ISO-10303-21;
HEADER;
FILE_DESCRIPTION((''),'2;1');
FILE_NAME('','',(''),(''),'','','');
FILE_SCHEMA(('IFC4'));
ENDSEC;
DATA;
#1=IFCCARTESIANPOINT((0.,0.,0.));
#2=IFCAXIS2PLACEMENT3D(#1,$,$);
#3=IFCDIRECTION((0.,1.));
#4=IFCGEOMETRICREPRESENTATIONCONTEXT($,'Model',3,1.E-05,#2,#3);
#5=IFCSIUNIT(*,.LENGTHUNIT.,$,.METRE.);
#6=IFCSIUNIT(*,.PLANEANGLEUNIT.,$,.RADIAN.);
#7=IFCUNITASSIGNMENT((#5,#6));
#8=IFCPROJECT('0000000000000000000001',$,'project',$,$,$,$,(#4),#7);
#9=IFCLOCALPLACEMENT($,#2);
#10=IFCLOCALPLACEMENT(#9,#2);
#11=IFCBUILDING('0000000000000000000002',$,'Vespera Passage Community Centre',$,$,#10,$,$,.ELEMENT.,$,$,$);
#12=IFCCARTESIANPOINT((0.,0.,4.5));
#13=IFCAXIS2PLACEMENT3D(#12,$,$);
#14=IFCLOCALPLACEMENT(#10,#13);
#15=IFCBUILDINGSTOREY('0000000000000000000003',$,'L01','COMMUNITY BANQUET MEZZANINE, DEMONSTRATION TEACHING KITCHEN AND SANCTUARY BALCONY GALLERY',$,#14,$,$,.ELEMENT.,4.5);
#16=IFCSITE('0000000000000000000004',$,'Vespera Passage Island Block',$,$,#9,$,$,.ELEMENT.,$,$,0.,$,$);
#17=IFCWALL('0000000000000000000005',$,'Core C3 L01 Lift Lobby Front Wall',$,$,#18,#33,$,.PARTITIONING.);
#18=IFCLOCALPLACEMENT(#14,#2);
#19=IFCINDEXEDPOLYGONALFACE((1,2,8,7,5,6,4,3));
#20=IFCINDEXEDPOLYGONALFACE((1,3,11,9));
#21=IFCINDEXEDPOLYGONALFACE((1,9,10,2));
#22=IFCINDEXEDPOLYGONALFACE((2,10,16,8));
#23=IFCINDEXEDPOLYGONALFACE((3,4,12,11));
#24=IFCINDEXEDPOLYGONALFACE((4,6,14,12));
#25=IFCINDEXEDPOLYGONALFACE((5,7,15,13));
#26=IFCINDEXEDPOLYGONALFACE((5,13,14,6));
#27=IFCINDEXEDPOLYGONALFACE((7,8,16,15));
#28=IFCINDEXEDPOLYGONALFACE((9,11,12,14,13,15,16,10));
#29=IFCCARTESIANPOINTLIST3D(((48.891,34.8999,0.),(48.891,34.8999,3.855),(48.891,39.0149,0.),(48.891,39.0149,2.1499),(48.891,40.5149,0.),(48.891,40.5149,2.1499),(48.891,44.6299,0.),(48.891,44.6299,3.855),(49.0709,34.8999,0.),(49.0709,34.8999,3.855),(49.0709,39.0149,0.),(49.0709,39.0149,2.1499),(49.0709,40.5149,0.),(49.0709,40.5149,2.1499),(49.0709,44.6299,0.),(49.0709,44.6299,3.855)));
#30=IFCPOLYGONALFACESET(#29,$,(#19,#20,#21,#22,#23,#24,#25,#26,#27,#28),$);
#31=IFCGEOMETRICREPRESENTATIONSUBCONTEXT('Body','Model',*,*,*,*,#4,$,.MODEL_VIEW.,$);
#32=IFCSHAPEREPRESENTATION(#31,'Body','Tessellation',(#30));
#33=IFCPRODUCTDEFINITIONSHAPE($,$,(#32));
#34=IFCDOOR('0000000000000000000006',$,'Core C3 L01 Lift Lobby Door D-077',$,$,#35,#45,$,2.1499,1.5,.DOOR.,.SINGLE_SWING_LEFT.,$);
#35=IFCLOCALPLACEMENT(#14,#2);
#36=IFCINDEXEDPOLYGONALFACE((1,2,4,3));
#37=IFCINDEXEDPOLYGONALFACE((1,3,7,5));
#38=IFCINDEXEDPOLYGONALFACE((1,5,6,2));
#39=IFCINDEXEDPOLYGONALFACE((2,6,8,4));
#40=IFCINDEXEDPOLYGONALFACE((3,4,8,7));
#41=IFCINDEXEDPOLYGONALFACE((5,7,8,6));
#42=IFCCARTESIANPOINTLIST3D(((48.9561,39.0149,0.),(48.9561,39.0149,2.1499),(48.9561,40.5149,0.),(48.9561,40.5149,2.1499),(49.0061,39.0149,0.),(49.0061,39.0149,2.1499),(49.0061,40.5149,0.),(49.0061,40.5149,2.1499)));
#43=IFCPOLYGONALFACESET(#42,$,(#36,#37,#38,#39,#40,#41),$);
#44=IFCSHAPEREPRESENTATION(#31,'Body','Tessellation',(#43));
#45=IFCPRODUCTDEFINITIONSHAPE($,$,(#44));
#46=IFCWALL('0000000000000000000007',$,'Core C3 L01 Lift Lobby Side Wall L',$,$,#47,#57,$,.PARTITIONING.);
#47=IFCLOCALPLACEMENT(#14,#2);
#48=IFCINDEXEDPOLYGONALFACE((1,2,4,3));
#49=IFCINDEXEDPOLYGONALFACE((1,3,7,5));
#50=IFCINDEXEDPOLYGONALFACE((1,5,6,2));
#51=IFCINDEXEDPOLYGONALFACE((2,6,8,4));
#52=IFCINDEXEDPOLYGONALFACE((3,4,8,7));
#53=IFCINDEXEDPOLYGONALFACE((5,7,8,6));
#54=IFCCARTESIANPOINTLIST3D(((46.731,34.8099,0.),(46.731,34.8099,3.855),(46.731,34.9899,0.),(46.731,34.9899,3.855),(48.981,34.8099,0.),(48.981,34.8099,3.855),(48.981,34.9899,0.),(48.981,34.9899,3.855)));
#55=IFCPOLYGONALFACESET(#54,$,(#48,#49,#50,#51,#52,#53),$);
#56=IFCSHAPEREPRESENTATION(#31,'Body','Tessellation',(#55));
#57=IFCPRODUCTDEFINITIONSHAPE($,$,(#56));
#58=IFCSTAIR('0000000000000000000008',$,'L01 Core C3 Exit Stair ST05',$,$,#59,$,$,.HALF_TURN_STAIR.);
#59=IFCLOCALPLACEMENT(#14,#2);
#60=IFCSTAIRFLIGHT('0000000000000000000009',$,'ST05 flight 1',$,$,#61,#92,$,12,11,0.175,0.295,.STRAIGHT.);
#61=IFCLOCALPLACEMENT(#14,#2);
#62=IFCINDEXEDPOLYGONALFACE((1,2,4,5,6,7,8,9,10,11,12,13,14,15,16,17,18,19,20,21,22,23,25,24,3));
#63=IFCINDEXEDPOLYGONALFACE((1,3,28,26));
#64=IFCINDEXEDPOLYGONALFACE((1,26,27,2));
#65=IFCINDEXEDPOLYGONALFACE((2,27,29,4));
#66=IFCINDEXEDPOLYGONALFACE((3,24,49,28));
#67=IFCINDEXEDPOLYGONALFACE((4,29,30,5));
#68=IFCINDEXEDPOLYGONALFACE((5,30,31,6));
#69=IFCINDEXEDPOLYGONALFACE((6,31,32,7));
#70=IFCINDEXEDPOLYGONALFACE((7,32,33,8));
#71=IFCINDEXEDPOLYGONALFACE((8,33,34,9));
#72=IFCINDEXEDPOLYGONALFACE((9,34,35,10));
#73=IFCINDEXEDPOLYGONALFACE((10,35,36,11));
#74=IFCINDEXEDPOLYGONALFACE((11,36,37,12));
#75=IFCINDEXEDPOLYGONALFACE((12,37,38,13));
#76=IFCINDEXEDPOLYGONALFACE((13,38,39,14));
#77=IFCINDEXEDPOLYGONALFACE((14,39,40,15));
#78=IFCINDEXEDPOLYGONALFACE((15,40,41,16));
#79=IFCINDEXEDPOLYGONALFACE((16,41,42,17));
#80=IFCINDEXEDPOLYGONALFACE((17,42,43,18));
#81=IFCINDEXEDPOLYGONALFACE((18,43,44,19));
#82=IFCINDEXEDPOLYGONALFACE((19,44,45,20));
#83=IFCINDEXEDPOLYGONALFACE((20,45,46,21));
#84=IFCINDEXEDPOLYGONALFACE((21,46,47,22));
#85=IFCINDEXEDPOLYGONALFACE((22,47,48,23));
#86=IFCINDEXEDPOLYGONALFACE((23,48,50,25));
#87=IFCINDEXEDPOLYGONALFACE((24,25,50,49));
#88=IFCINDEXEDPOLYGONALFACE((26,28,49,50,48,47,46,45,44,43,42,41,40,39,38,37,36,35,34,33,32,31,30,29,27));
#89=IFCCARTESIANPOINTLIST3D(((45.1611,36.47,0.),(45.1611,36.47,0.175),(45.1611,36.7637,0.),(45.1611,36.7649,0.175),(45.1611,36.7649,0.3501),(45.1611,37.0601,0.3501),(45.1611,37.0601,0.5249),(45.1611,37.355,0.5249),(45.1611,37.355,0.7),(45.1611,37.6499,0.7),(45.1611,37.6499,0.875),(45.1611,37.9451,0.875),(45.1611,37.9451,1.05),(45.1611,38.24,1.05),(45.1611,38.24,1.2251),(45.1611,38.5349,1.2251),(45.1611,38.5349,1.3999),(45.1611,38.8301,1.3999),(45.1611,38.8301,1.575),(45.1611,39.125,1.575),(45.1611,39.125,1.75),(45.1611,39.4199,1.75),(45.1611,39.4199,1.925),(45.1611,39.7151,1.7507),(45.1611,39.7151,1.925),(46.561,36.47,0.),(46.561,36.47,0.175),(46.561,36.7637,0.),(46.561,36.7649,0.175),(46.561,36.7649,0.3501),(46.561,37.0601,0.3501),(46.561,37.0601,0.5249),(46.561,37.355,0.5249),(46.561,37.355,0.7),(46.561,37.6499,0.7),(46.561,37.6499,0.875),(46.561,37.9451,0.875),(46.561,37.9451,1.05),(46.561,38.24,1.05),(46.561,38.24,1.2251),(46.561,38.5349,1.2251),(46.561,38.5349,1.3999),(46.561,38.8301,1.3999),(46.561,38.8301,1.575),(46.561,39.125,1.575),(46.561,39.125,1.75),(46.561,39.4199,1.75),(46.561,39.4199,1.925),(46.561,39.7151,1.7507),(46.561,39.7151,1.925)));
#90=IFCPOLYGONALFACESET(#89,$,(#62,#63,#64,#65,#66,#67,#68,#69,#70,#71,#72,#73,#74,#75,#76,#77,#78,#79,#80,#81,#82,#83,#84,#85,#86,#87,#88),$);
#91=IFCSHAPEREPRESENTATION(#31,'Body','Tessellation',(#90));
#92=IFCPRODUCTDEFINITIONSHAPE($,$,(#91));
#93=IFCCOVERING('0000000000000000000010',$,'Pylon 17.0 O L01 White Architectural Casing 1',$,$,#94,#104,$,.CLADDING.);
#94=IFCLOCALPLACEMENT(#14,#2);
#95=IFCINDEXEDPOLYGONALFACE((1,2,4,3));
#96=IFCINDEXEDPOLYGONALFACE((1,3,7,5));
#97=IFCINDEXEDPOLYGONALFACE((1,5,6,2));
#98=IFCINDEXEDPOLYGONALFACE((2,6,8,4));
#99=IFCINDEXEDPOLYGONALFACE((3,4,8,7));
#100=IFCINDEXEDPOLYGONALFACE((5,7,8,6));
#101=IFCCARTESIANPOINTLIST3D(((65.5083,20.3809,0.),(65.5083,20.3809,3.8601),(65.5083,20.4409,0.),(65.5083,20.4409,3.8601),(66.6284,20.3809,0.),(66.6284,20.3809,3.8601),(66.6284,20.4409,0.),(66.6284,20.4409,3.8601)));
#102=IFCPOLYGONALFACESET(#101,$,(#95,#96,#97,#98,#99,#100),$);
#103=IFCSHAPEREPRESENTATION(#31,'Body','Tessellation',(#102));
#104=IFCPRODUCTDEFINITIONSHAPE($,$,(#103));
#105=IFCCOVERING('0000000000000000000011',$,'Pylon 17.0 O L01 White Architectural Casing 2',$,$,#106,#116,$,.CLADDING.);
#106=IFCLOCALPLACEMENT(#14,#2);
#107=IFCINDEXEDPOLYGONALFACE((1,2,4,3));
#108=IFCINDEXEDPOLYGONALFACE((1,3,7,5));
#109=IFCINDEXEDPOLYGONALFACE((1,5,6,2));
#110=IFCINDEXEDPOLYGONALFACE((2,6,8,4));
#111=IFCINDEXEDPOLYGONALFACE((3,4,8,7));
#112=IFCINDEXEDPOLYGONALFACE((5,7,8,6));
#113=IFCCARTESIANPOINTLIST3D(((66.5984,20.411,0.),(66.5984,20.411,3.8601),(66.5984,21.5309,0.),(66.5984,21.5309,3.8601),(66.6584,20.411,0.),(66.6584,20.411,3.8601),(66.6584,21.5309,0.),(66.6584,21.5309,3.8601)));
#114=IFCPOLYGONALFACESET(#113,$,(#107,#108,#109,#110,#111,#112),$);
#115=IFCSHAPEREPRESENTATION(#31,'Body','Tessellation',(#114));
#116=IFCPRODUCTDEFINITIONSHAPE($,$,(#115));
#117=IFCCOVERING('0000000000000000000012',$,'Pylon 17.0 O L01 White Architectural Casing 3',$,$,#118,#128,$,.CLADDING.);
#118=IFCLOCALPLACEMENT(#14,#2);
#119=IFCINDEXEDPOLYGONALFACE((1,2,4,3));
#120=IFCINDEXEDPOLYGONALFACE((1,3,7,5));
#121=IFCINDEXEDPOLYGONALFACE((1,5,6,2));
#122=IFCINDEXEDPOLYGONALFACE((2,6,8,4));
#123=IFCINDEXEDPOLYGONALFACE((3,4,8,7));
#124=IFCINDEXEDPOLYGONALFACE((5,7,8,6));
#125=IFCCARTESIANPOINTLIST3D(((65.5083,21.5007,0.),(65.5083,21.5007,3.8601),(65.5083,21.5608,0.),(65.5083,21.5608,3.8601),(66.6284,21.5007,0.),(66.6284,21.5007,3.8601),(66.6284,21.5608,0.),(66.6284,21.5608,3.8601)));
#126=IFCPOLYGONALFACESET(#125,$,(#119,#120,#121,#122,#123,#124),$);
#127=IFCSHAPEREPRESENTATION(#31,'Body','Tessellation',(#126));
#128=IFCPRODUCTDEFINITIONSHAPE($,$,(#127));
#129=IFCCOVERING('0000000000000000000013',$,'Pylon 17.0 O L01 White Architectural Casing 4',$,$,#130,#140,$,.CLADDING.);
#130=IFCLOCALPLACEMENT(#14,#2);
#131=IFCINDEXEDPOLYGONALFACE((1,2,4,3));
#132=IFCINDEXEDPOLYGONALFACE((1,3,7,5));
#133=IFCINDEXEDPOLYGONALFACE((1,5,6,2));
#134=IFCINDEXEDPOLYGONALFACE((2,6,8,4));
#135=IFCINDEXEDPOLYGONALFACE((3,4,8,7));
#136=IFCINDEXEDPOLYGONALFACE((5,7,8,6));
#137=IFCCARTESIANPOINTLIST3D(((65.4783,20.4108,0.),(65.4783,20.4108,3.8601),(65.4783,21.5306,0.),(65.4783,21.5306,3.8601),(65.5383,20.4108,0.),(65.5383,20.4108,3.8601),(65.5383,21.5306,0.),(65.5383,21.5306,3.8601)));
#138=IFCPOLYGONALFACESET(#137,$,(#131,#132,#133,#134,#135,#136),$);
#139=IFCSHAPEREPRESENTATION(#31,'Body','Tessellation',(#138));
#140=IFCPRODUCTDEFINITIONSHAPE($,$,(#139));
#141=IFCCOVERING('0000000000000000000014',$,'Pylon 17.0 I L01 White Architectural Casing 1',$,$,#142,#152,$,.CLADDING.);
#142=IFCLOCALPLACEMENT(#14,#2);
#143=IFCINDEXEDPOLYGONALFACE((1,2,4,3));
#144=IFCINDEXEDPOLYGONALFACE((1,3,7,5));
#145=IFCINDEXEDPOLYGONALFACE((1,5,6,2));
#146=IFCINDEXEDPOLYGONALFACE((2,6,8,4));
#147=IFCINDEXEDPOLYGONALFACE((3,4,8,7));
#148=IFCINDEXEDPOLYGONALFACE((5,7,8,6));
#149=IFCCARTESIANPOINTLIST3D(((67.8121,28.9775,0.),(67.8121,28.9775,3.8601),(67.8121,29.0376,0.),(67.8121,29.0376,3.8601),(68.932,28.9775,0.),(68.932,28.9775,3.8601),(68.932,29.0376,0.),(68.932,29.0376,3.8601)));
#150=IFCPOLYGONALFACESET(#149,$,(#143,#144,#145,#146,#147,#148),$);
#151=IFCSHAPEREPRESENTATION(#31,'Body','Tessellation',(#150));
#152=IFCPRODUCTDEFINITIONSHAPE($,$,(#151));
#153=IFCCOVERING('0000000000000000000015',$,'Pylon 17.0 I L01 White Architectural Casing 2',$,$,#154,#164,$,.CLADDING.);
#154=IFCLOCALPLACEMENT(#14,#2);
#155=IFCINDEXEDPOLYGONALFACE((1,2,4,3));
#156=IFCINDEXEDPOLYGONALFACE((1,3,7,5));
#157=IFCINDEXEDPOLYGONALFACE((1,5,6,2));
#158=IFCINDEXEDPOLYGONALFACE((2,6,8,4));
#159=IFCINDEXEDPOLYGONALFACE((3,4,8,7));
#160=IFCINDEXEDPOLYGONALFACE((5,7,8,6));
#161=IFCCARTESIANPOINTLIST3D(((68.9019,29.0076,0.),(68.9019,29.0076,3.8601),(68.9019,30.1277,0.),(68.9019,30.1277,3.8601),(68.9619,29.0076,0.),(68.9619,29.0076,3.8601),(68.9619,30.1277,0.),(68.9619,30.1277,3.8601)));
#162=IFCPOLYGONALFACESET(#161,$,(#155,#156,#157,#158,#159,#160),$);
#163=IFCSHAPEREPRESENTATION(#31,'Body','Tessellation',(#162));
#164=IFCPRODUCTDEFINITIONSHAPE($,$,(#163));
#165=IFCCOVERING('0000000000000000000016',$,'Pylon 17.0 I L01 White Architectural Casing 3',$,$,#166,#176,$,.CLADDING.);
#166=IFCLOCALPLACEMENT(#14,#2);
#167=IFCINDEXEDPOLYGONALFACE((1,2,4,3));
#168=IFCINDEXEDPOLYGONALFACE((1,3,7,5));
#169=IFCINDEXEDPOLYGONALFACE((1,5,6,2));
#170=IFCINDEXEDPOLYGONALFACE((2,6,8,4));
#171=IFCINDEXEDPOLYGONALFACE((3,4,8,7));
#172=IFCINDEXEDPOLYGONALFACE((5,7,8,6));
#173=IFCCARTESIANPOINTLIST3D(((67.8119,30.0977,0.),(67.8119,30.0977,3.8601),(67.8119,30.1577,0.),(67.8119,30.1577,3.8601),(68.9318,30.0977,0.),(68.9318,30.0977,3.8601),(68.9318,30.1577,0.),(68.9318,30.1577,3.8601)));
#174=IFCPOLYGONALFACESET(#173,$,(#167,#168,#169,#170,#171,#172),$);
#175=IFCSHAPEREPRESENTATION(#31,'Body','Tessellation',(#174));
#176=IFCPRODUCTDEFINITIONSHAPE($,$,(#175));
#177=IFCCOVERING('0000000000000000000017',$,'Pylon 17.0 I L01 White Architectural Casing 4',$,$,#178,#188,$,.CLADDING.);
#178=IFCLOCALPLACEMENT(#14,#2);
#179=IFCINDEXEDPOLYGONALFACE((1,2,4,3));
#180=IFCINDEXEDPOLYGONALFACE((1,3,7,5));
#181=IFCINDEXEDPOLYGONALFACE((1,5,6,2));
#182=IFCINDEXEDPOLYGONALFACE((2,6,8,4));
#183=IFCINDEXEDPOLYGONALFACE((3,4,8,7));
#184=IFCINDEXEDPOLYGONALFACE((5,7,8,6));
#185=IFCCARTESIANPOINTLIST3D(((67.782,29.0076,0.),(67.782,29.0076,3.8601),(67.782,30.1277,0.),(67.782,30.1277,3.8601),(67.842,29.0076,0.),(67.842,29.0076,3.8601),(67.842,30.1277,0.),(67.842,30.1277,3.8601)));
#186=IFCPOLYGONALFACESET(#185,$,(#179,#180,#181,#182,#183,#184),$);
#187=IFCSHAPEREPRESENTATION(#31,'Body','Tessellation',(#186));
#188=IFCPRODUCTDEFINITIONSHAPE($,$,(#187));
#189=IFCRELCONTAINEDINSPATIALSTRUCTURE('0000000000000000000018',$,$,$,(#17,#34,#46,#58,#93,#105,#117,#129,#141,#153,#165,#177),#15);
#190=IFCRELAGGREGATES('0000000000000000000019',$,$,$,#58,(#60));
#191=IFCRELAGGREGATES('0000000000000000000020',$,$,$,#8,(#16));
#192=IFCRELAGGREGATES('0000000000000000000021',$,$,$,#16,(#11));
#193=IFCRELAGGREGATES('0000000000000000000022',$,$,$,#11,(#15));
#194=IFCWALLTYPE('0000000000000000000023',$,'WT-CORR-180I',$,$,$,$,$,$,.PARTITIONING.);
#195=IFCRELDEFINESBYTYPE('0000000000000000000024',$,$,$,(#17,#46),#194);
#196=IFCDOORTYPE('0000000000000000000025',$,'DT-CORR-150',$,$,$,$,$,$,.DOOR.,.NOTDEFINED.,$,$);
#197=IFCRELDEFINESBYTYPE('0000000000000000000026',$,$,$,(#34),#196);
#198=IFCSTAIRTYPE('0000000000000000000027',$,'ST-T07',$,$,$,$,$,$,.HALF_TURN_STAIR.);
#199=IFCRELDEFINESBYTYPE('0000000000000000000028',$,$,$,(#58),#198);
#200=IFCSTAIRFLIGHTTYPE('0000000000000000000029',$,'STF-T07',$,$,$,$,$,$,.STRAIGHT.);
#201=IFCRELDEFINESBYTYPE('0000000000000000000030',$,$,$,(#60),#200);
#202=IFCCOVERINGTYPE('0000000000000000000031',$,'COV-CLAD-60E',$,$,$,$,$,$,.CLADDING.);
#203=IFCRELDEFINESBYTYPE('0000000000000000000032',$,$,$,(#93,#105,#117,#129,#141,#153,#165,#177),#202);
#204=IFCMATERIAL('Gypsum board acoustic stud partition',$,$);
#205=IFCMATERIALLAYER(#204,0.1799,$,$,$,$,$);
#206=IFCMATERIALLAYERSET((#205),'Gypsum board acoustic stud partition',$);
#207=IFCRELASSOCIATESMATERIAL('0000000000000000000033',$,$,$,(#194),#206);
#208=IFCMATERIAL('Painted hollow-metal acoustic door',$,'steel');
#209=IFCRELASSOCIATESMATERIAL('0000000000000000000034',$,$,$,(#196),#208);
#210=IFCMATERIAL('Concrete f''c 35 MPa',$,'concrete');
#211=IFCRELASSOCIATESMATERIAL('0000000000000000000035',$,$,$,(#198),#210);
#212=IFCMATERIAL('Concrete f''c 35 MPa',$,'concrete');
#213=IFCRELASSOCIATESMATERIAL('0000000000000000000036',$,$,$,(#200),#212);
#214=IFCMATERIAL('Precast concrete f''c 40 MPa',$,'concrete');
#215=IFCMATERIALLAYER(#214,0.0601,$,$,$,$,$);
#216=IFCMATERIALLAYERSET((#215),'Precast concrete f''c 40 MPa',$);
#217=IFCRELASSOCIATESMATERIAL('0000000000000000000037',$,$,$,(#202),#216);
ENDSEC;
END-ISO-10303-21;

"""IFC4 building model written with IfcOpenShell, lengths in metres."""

from ifc_helpers import new_model, si_unit, direction, frame, frame_2d, origin, place, context, subcontext, project, spatial, polyline, rectangle, outline, extrude, material, layer, layer_set, type_object, element, fill, aggregate, save


model = new_model("IFC4")

# Units and contexts
model_context = context("Model", 3, precision=1e-05, world=origin(), true_north=direction((0.0, 1.0)))
body_context = subcontext(model_context, "Body", "Model", "MODEL_VIEW")
ifc_project = project(units=[si_unit("LENGTHUNIT", "METRE"), si_unit("PLANEANGLEUNIT", "RADIAN")], contexts=[model_context])

# Site, building, storey
site_placement = place(None, origin())
site = spatial("IfcSite", under=ifc_project, at=site_placement, Name="Vespera Passage Island Block", CompositionType="ELEMENT", RefElevation=0.0)
building_placement = place(site_placement, origin())
building = spatial("IfcBuilding", under=site, at=building_placement, Name="Vespera Passage Community Centre", CompositionType="ELEMENT")
storey_placement = place(building_placement, frame((0.0, 0.0, 4.5)))
storey = spatial("IfcBuildingStorey", under=building, at=storey_placement, Name="L01", Description="COMMUNITY BANQUET MEZZANINE, DEMONSTRATION TEACHING KITCHEN AND SANCTUARY BALCONY GALLERY", CompositionType="ELEMENT", Elevation=4.5)

# Wall, opening, door
ifc_material_1 = material(Name="Gypsum board acoustic stud partition")
ifc_layer_1 = layer(ifc_material_1, 0.1799)
ifc_layer_set_1 = layer_set([ifc_layer_1], Name="Gypsum board acoustic stud partition")
wall_type_1 = type_object("IfcWallType", Name="WT-CORR-180I", PredefinedType="PARTITIONING", material=ifc_layer_set_1)
wall_1_placement = place(storey_placement, frame((48.981, 34.8999, 0.0), z_axis=(0.0, 0.0, 1.0), x_axis=(0.0, 1.0, 0.0)))
wall_1 = element("IfcWall", 1, at=wall_1_placement, inside=storey, type_object=wall_type_1, Name="Core C3 L01 Lift Lobby Front Wall", PredefinedType="PARTITIONING", context=body_context, shape_type="SweptSolid", body=[
    extrude(rectangle(XDim=9.73, YDim=0.1799, at=frame_2d((4.865, 0.0))), origin(), (0.0, 0.0, 1.0), 3.855),
])
opening_placement = place(wall_1_placement, frame((4.115, 0.0, 0.0)))
opening = element("IfcOpeningElement", 2, at=opening_placement, cuts=wall_1, PredefinedType="OPENING", context=body_context, shape_type="SweptSolid", body=[
    extrude(rectangle(XDim=1.5, YDim=2.1499, at=frame_2d((0.75, 1.075))), frame((0.0, 0.0999, 0.0), z_axis=(0.0, -1.0, 0.0), x_axis=(1.0, 0.0, 0.0)), (0.0, 0.0, 1.0), 0.2),
])
ifc_material_2 = material(Name="Painted hollow-metal acoustic door", Category="steel")
door_type = type_object("IfcDoorType", Name="DT-CORR-150", OperationType="NOTDEFINED", PredefinedType="DOOR", material=ifc_material_2)
door_placement = place(opening_placement, origin())
door = element("IfcDoor", 3, at=door_placement, inside=storey, type_object=door_type, Name="Core C3 L01 Lift Lobby Door D-077", OperationType="SINGLE_SWING_LEFT", OverallHeight=2.1499, OverallWidth=1.5, PredefinedType="DOOR", context=body_context, shape_type="SweptSolid", body=[
    extrude(rectangle(XDim=1.5, YDim=2.1499, at=frame_2d((0.75, 1.075))), frame((0.0, 0.0249, 0.0), z_axis=(0.0, -1.0, 0.0), x_axis=(1.0, 0.0, 0.0)), (0.0, 0.0, 1.0), 0.05),
])
fill(opening, door)

# Wall
wall_2_placement = place(storey_placement, frame((46.731, 34.8999, 0.0), z_axis=(0.0, 0.0, 1.0), x_axis=(1.0, 0.0, 0.0)))
element("IfcWall", 4, at=wall_2_placement, inside=storey, type_object=wall_type_1, Name="Core C3 L01 Lift Lobby Side Wall L", PredefinedType="PARTITIONING", context=body_context, shape_type="SweptSolid", body=[
    extrude(rectangle(XDim=2.25, YDim=0.1799, at=frame_2d((1.125, 0.0))), origin(), (0.0, 0.0, 1.0), 3.855),
])

# Stair, stair flight
ifc_material_3 = material(Name="Concrete f'c 35 MPa", Category="concrete")
stair_type = type_object("IfcStairType", Name="ST-T07", PredefinedType="HALF_TURN_STAIR", material=ifc_material_3)
stair_placement = place(storey_placement, origin())
stair = element("IfcStair", 5, at=stair_placement, inside=storey, type_object=stair_type, Name="L01 Core C3 Exit Stair ST05", PredefinedType="HALF_TURN_STAIR")
ifc_material_4 = material(Name="Concrete f'c 35 MPa", Category="concrete")
stair_flight_type = type_object("IfcStairFlightType", Name="STF-T07", PredefinedType="STRAIGHT", material=ifc_material_4)
stair_flight_placement = place(storey_placement, frame((45.8611, 36.47, 0.0), z_axis=(0.0, 0.0, 1.0), x_axis=(0.0, 1.0, 0.0)))
stair_flight = element("IfcStairFlight", 6, at=stair_flight_placement, type_object=stair_flight_type, Name="ST05 flight 1", NumberOfRisers=12, NumberOfTreads=11, PredefinedType="STRAIGHT", RiserHeight=0.175, TreadLength=0.295, context=body_context, shape_type="SweptSolid", body=[
    extrude(outline(polyline([(0.0, 0.0), (0.0, 0.175), (0.2949, 0.175), (0.2949, 0.3501), (0.5901, 0.3501), (0.5901, 0.5249), (0.885, 0.5249), (0.885, 0.7), (1.1799, 0.7), (1.1799, 0.875), (1.4751, 0.875), (1.4751, 1.05), (1.77, 1.05), (1.77, 1.2251), (2.0649, 1.2251), (2.0649, 1.3999), (2.3601, 1.3999), (2.3601, 1.575), (2.655, 1.575), (2.655, 1.75), (2.95, 1.75), (2.95, 1.925), (3.2451, 1.925), (3.2451, 2.1001), (3.2451, 1.7507), (0.2937, 0.0), (0.0, 0.0)])), frame((0.0, 0.7, 0.0), z_axis=(0.0, -1.0, 0.0), x_axis=(1.0, 0.0, 0.0)), (0.0, 0.0, 1.0), 1.3999),
])
aggregate(stair, [stair_flight])

# Coverings
ifc_material_5 = material(Name="Precast concrete f'c 40 MPa", Category="concrete")
ifc_layer_2 = layer(ifc_material_5, 0.0601)
ifc_layer_set_2 = layer_set([ifc_layer_2], Name="Precast concrete f'c 40 MPa")
covering_type = type_object("IfcCoveringType", Name="COV-CLAD-60E", PredefinedType="CLADDING", material=ifc_layer_set_2)
covering_1_placement = place(storey_placement, frame((65.5083, 20.4109, 0.0), z_axis=(0.0, 0.0, 1.0), x_axis=(1.0, 0.0, 0.0)))
element("IfcCovering", 7, at=covering_1_placement, inside=storey, type_object=covering_type, Name="Pylon 17.0 O L01 White Architectural Casing 1", PredefinedType="CLADDING", context=body_context, shape_type="SweptSolid", body=[
    extrude(rectangle(XDim=1.1201, YDim=0.0601, at=frame_2d((0.5601, 0.0))), origin(), (0.0, 0.0, 1.0), 3.8601),
])
covering_2_placement = place(storey_placement, frame((66.6284, 20.4109, 0.0), z_axis=(0.0, 0.0, 1.0), x_axis=(0.0, 1.0, 0.0)))
element("IfcCovering", 8, at=covering_2_placement, inside=storey, type_object=covering_type, Name="Pylon 17.0 O L01 White Architectural Casing 2", PredefinedType="CLADDING", context=body_context, shape_type="SweptSolid", body=[
    extrude(rectangle(XDim=1.1199, YDim=0.0601, at=frame_2d((0.5601, 0.0))), origin(), (0.0, 0.0, 1.0), 3.8601),
])
covering_3_placement = place(storey_placement, frame((66.6284, 21.5308, 0.0), z_axis=(0.0, 0.0, 1.0), x_axis=(-1.0, 0.0, 0.0)))
element("IfcCovering", 9, at=covering_3_placement, inside=storey, type_object=covering_type, Name="Pylon 17.0 O L01 White Architectural Casing 3", PredefinedType="CLADDING", context=body_context, shape_type="SweptSolid", body=[
    extrude(rectangle(XDim=1.1201, YDim=0.0601, at=frame_2d((0.5601, 0.0))), origin(), (0.0, 0.0, 1.0), 3.8601),
])
for number, where, z_axis, x_axis, name in (
    (10, (65.5083, 21.5308, 0.0), (0.0, 0.0, 1.0), (0.0, -1.0, 0.0), "Pylon 17.0 O L01 White Architectural Casing 4"),
    (11, (67.812, 29.0076, 0.0), (0.0, 0.0, 1.0), (1.0, 0.0, 0.0), "Pylon 17.0 I L01 White Architectural Casing 1"),
):
    element("IfcCovering", number, at=place(storey_placement, frame(where, z_axis=z_axis, x_axis=x_axis)), inside=storey, type_object=covering_type, Name=name, PredefinedType="CLADDING", context=body_context, shape_type="SweptSolid", body=[
        extrude(rectangle(XDim=1.1199, YDim=0.0601, at=frame_2d((0.5601, 0.0))), origin(), (0.0, 0.0, 1.0), 3.8601),
    ])
covering_4_placement = place(storey_placement, frame((68.9319, 29.0076, 0.0), z_axis=(0.0, 0.0, 1.0), x_axis=(0.0, 1.0, 0.0)))
element("IfcCovering", 12, at=covering_4_placement, inside=storey, type_object=covering_type, Name="Pylon 17.0 I L01 White Architectural Casing 2", PredefinedType="CLADDING", context=body_context, shape_type="SweptSolid", body=[
    extrude(rectangle(XDim=1.1201, YDim=0.0601, at=frame_2d((0.5601, 0.0))), origin(), (0.0, 0.0, 1.0), 3.8601),
])
covering_5_placement = place(storey_placement, frame((68.9319, 30.1277, 0.0), z_axis=(0.0, 0.0, 1.0), x_axis=(-1.0, 0.0, 0.0)))
element("IfcCovering", 13, at=covering_5_placement, inside=storey, type_object=covering_type, Name="Pylon 17.0 I L01 White Architectural Casing 3", PredefinedType="CLADDING", context=body_context, shape_type="SweptSolid", body=[
    extrude(rectangle(XDim=1.1199, YDim=0.0601, at=frame_2d((0.5601, 0.0))), origin(), (0.0, 0.0, 1.0), 3.8601),
])
covering_6_placement = place(storey_placement, frame((67.812, 30.1277, 0.0), z_axis=(0.0, 0.0, 1.0), x_axis=(0.0, -1.0, 0.0)))
element("IfcCovering", 14, at=covering_6_placement, inside=storey, type_object=covering_type, Name="Pylon 17.0 I L01 White Architectural Casing 4", PredefinedType="CLADDING", context=body_context, shape_type="SweptSolid", body=[
    extrude(rectangle(XDim=1.1201, YDim=0.0601, at=frame_2d((0.5601, 0.0))), origin(), (0.0, 0.0, 1.0), 3.8601),
])

save(model, "model.ifc")
